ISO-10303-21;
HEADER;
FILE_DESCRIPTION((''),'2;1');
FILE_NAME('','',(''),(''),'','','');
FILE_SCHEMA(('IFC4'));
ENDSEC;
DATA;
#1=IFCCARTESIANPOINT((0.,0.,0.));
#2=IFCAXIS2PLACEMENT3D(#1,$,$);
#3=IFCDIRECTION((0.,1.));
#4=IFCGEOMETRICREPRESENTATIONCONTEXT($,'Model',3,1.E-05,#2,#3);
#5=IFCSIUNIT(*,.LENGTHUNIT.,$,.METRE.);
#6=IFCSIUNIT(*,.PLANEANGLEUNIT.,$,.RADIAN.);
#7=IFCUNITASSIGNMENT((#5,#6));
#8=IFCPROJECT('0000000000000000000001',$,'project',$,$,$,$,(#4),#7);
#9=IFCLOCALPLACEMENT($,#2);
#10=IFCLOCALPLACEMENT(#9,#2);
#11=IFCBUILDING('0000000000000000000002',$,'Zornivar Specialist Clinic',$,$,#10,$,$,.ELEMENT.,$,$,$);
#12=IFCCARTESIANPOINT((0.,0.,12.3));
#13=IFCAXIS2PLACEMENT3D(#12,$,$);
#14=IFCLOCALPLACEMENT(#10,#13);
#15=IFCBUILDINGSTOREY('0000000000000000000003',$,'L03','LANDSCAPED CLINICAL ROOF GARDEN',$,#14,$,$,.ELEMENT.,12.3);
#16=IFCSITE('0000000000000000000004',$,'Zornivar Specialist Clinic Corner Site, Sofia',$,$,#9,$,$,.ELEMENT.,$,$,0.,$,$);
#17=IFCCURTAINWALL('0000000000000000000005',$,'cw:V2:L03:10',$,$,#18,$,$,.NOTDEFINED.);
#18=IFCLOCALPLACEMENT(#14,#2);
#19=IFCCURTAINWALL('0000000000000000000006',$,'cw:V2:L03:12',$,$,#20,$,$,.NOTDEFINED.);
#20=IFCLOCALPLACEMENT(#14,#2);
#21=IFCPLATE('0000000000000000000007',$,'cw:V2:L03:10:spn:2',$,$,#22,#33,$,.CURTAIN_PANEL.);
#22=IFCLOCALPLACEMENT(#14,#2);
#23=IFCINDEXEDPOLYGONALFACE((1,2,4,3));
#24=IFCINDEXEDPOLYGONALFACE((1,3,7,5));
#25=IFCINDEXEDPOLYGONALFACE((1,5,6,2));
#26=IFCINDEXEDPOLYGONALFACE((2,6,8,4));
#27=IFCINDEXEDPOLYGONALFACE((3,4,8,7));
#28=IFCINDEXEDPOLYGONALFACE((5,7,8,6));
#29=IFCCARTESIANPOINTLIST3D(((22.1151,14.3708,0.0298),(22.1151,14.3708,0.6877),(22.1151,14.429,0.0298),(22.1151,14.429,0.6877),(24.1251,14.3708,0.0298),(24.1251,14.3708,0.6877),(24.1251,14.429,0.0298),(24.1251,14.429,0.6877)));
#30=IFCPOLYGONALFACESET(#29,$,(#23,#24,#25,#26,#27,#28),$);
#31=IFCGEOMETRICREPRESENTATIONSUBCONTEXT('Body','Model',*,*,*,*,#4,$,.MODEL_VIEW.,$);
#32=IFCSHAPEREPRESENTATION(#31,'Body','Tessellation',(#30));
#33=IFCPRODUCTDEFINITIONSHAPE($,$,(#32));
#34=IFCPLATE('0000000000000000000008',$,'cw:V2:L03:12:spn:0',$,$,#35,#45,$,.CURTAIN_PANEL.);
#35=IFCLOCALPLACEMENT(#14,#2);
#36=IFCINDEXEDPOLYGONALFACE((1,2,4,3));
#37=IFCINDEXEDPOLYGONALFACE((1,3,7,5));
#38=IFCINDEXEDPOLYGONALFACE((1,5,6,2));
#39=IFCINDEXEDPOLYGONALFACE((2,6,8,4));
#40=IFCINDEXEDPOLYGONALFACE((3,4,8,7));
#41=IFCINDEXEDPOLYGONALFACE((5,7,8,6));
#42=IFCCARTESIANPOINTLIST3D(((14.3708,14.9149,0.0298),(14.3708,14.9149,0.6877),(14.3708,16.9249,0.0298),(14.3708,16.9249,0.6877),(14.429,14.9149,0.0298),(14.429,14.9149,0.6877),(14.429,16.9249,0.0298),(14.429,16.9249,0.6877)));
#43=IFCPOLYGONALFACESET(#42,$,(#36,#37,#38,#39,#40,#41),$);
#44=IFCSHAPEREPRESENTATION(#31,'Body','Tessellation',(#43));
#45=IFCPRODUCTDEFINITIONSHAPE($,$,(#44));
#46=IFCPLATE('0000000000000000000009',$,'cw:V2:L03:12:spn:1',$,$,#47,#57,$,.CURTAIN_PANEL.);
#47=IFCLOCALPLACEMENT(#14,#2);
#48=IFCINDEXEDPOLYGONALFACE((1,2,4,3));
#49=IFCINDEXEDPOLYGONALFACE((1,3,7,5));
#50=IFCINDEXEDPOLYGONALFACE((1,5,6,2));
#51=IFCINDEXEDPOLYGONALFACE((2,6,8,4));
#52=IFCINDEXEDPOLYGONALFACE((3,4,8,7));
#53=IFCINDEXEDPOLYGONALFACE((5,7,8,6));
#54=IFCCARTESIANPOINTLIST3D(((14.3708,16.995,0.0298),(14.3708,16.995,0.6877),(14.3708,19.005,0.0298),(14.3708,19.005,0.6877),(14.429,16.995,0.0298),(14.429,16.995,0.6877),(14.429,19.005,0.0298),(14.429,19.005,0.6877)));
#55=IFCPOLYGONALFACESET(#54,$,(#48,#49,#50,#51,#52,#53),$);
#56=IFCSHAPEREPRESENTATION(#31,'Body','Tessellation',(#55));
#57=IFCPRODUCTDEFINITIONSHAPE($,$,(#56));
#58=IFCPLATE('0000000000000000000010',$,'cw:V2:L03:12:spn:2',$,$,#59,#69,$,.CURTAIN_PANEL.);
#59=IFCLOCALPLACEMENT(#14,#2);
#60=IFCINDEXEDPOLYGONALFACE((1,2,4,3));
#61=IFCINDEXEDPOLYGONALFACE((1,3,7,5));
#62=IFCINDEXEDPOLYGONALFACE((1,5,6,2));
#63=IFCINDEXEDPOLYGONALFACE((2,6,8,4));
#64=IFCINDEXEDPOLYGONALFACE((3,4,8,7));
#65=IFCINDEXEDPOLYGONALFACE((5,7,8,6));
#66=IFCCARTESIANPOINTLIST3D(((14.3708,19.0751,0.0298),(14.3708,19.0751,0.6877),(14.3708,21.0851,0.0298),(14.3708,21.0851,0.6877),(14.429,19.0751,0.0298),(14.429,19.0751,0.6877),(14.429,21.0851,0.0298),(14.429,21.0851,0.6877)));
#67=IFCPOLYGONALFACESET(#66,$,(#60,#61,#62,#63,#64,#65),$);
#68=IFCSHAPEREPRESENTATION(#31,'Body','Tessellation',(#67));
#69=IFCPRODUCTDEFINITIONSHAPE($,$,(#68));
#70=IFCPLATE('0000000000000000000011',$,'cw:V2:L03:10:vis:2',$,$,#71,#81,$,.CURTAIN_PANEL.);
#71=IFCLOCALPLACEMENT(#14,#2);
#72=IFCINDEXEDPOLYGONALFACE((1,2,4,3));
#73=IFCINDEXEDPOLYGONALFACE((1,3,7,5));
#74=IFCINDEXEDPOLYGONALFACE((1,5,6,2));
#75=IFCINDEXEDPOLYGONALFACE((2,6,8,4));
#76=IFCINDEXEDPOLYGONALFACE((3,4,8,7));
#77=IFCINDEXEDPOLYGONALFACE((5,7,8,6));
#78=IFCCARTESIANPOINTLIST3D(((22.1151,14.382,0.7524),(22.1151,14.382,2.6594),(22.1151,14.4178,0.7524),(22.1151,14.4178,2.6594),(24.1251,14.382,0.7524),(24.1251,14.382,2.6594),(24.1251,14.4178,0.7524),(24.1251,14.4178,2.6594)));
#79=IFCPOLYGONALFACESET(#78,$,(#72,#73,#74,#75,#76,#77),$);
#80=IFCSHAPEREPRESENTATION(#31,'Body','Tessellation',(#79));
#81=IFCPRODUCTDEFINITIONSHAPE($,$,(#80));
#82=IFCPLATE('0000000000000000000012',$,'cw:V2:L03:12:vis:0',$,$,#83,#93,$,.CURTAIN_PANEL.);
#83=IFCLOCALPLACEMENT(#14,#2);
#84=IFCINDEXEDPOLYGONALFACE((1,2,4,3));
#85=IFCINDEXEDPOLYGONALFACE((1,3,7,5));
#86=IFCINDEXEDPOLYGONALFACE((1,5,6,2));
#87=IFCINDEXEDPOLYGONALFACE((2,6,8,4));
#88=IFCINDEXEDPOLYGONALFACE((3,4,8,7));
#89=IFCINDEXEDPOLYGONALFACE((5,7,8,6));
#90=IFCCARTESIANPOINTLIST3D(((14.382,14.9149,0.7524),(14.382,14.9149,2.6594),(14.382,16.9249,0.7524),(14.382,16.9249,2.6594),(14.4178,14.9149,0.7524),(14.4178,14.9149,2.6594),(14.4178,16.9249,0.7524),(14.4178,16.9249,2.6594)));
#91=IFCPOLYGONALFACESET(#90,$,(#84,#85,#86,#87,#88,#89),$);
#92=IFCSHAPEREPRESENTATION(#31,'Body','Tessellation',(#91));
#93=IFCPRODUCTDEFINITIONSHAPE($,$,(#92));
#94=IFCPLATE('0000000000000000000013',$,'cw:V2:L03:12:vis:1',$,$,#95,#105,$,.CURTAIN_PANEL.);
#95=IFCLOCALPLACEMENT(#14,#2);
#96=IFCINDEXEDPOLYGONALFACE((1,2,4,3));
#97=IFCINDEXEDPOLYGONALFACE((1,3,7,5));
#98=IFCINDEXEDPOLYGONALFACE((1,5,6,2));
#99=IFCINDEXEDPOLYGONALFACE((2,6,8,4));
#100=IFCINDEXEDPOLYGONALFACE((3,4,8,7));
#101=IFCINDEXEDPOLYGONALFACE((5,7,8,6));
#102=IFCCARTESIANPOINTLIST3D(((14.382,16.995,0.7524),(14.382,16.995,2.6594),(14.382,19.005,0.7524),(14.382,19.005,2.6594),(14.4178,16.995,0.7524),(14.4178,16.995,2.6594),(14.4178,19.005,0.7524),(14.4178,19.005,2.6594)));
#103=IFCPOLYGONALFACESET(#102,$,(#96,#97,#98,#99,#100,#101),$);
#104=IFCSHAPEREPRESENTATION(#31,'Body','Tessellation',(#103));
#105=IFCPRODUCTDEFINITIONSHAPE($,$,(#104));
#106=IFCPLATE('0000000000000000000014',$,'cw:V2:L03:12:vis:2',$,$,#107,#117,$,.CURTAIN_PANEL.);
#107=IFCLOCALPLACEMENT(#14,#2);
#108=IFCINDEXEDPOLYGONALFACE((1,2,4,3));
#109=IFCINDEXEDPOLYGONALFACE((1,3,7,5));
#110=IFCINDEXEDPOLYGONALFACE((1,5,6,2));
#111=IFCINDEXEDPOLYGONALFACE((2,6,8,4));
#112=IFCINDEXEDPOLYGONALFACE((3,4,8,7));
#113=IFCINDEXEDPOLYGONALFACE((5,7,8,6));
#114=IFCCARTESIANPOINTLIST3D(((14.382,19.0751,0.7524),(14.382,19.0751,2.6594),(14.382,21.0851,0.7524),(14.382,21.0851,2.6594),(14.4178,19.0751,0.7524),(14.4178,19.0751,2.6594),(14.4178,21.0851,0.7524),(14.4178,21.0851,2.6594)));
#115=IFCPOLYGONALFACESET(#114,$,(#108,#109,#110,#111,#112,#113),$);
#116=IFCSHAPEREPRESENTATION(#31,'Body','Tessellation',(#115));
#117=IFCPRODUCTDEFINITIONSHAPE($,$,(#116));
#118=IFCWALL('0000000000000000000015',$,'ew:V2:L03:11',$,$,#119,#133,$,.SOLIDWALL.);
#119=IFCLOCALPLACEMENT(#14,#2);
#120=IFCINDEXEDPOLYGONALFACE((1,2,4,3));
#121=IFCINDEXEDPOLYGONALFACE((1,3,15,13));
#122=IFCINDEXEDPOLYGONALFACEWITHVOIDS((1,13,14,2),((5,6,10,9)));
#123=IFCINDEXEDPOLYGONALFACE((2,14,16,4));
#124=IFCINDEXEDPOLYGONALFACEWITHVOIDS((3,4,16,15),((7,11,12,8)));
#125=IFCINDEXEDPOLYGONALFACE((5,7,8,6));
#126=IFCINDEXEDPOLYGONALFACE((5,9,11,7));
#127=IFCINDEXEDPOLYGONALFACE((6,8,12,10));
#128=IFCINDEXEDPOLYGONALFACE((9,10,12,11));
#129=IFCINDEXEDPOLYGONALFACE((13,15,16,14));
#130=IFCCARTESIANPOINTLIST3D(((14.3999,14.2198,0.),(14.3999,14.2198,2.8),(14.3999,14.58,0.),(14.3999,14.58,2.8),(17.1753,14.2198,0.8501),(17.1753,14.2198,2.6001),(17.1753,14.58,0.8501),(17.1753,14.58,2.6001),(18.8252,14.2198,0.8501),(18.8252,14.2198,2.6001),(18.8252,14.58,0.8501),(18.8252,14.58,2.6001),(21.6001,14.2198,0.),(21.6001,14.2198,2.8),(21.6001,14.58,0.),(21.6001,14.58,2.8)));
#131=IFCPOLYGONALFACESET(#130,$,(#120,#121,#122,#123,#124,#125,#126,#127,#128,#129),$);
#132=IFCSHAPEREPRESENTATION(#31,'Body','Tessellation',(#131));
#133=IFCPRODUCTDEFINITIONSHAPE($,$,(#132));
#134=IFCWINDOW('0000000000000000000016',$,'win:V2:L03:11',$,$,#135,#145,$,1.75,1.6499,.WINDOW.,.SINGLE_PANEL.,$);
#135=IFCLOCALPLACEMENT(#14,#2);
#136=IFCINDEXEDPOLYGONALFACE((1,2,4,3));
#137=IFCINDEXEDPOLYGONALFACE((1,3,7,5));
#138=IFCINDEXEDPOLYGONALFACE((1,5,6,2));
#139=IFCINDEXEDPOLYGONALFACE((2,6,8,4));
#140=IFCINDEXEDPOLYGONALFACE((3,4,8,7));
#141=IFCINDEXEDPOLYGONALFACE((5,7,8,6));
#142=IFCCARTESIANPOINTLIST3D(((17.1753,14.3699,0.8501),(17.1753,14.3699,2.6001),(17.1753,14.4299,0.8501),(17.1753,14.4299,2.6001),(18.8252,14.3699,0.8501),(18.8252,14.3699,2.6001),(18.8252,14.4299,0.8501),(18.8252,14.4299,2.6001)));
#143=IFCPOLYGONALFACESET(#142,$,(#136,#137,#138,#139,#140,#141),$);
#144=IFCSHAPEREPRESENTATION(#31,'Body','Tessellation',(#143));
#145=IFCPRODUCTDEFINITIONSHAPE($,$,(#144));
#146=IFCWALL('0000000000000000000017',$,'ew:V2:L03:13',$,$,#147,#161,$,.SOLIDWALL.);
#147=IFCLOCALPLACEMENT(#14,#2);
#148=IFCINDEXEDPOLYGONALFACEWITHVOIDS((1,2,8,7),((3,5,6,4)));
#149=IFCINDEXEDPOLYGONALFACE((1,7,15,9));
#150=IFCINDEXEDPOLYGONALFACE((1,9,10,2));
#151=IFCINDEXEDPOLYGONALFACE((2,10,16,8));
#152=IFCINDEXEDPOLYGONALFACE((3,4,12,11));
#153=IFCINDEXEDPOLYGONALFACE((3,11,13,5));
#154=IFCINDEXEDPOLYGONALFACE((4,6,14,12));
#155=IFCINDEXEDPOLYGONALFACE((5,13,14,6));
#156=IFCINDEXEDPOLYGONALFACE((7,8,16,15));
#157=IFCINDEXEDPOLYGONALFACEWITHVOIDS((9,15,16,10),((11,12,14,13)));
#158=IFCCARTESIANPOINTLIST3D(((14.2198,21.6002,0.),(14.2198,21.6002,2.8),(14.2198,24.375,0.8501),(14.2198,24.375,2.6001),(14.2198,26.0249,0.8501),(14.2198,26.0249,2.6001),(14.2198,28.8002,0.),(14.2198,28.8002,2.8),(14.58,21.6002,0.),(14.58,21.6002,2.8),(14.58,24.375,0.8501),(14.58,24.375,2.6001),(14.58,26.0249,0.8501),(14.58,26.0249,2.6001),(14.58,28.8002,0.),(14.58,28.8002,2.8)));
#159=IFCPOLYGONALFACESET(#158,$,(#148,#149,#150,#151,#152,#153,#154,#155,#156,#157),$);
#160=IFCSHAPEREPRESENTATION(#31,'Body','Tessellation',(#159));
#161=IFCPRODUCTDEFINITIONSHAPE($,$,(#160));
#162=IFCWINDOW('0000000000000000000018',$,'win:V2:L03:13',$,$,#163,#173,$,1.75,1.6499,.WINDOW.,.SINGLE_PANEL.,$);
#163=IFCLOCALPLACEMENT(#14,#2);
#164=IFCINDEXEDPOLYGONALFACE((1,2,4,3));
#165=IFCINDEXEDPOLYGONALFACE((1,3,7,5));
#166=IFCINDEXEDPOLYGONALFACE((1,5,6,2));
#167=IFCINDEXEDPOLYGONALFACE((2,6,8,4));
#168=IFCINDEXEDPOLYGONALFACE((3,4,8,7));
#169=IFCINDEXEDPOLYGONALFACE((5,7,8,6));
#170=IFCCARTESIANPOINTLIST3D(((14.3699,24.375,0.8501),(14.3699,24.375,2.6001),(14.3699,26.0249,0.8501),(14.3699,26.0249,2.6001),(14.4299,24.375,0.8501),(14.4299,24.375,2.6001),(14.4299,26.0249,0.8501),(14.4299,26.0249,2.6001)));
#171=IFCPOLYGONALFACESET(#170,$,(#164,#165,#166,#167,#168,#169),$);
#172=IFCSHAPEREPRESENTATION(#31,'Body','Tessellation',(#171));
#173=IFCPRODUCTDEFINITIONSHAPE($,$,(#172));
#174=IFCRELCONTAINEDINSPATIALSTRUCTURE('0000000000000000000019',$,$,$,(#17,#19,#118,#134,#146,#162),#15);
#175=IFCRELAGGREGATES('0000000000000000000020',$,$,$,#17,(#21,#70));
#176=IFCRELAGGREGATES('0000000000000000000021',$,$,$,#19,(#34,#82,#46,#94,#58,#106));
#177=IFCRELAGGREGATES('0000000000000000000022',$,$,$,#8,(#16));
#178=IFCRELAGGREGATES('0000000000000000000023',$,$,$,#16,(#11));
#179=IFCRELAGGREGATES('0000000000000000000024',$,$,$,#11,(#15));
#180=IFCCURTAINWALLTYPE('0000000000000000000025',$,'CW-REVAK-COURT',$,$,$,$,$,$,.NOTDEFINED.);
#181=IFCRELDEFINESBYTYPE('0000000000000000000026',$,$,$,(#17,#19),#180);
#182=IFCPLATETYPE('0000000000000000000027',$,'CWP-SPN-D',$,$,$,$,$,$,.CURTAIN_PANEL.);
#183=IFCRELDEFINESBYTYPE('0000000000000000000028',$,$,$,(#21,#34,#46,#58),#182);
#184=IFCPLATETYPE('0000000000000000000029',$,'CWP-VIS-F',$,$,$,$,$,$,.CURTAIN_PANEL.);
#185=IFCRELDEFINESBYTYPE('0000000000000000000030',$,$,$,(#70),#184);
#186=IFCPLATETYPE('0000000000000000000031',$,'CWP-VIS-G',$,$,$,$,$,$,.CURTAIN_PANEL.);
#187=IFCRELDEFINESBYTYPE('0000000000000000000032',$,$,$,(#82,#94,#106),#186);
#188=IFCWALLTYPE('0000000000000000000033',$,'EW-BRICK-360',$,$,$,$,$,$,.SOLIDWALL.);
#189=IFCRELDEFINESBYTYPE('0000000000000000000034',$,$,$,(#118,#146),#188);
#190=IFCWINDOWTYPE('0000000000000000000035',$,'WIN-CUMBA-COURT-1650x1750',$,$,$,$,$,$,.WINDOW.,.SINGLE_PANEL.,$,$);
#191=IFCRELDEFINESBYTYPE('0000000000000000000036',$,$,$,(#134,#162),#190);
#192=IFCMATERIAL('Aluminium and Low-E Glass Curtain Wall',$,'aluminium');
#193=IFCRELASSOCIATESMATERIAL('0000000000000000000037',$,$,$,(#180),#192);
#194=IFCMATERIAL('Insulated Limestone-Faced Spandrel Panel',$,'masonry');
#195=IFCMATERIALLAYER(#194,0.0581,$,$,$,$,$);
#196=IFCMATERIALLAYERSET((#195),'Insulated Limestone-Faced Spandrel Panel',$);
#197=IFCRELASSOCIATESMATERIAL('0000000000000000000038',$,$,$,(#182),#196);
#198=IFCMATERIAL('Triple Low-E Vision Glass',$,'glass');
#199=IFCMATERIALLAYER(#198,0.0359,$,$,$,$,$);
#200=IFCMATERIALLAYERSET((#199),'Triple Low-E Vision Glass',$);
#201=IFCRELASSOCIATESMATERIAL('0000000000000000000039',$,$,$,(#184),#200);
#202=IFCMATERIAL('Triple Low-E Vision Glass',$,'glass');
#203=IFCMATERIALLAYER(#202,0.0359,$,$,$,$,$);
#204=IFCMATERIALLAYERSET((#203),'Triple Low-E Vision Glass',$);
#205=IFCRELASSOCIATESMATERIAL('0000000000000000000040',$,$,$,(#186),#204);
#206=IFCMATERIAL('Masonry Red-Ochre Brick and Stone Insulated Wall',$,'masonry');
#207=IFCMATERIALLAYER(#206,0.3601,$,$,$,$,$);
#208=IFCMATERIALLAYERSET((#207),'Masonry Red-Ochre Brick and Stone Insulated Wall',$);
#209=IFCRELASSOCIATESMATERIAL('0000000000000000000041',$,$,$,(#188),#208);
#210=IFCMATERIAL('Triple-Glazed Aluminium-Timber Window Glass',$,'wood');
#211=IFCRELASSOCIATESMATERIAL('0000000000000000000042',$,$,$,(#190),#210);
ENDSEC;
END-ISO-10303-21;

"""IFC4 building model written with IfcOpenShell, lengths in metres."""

from ifc_helpers import new_model, si_unit, direction, frame, frame_2d, origin, origin_2d, place, context, subcontext, project, spatial, rectangle, extrude, material, layer, layer_set, type_object, element, fill, aggregate, save


model = new_model("IFC4")

# Units and contexts
model_context = context("Model", 3, precision=1e-05, world=origin(), true_north=direction((0.0, 1.0)))
body_context = subcontext(model_context, "Body", "Model", "MODEL_VIEW")
ifc_project = project(units=[si_unit("LENGTHUNIT", "METRE"), si_unit("PLANEANGLEUNIT", "RADIAN")], contexts=[model_context])

# Site, building, storey
site_placement = place(None, origin())
site = spatial("IfcSite", under=ifc_project, at=site_placement, Name="Zornivar Specialist Clinic Corner Site, Sofia", CompositionType="ELEMENT", RefElevation=0.0)
building_placement = place(site_placement, origin())
building = spatial("IfcBuilding", under=site, at=building_placement, Name="Zornivar Specialist Clinic", CompositionType="ELEMENT")
storey_placement = place(building_placement, frame((0.0, 0.0, 12.3)))
storey = spatial("IfcBuildingStorey", under=building, at=storey_placement, Name="L03", Description="LANDSCAPED CLINICAL ROOF GARDEN", CompositionType="ELEMENT", Elevation=12.3)

# Curtain walls
ifc_material_1 = material(Name="Aluminium and Low-E Glass Curtain Wall", Category="aluminium")
curtain_wall_type = type_object("IfcCurtainWallType", Name="CW-REVAK-COURT", PredefinedType="NOTDEFINED", material=ifc_material_1)
curtain_wall_1_placement = place(storey_placement, origin())
curtain_wall_1 = element("IfcCurtainWall", 1, at=curtain_wall_1_placement, inside=storey, type_object=curtain_wall_type, Name="cw:V2:L03:10", PredefinedType="NOTDEFINED")
curtain_wall_2_placement = place(storey_placement, origin())
curtain_wall_2 = element("IfcCurtainWall", 2, at=curtain_wall_2_placement, inside=storey, type_object=curtain_wall_type, Name="cw:V2:L03:12", PredefinedType="NOTDEFINED")

# Plates
ifc_material_2 = material(Name="Insulated Limestone-Faced Spandrel Panel", Category="masonry")
ifc_layer_1 = layer(ifc_material_2, 0.0581)
ifc_layer_set_1 = layer_set([ifc_layer_1], Name="Insulated Limestone-Faced Spandrel Panel")
plate_type_1 = type_object("IfcPlateType", Name="CWP-SPN-D", PredefinedType="CURTAIN_PANEL", material=ifc_layer_set_1)
plate_1_placement = place(storey_placement, frame((23.1201, 14.3999, 0.0298), z_axis=(0.0, 0.0, 1.0), x_axis=(-1.0, 0.0, 0.0)))
plate_1 = element("IfcPlate", 3, at=plate_1_placement, type_object=plate_type_1, Name="cw:V2:L03:10:spn:2", PredefinedType="CURTAIN_PANEL", context=body_context, shape_type="SweptSolid", body=[
    extrude(rectangle(XDim=2.01, YDim=0.0581, at=origin_2d()), origin(), (0.0, 0.0, 1.0), 0.658),
])
plate_2_placement = place(storey_placement, frame((14.3999, 15.9199, 0.0298), z_axis=(0.0, 0.0, 1.0), x_axis=(0.0, 1.0, 0.0)))
plate_2 = element("IfcPlate", 4, at=plate_2_placement, type_object=plate_type_1, Name="cw:V2:L03:12:spn:0", PredefinedType="CURTAIN_PANEL", context=body_context, shape_type="SweptSolid", body=[
    extrude(rectangle(XDim=2.01, YDim=0.0581, at=origin_2d()), origin(), (0.0, 0.0, 1.0), 0.658),
])
plate_3_placement = place(storey_placement, frame((14.3999, 18.0, 0.0298), z_axis=(0.0, 0.0, 1.0), x_axis=(0.0, 1.0, 0.0)))
plate_3 = element("IfcPlate", 5, at=plate_3_placement, type_object=plate_type_1, Name="cw:V2:L03:12:spn:1", PredefinedType="CURTAIN_PANEL", context=body_context, shape_type="SweptSolid", body=[
    extrude(rectangle(XDim=2.01, YDim=0.0581, at=origin_2d()), origin(), (0.0, 0.0, 1.0), 0.658),
])
plate_4_placement = place(storey_placement, frame((14.3999, 20.0801, 0.0298), z_axis=(0.0, 0.0, 1.0), x_axis=(0.0, 1.0, 0.0)))
plate_4 = element("IfcPlate", 6, at=plate_4_placement, type_object=plate_type_1, Name="cw:V2:L03:12:spn:2", PredefinedType="CURTAIN_PANEL", context=body_context, shape_type="SweptSolid", body=[
    extrude(rectangle(XDim=2.01, YDim=0.0581, at=origin_2d()), origin(), (0.0, 0.0, 1.0), 0.658),
])
ifc_material_3 = material(Name="Triple Low-E Vision Glass", Category="glass")
ifc_layer_2 = layer(ifc_material_3, 0.0359)
ifc_layer_set_2 = layer_set([ifc_layer_2], Name="Triple Low-E Vision Glass")
plate_type_2 = type_object("IfcPlateType", Name="CWP-VIS-F", PredefinedType="CURTAIN_PANEL", material=ifc_layer_set_2)
plate_5_placement = place(storey_placement, frame((23.1201, 14.3999, 0.7524), z_axis=(0.0, 0.0, 1.0), x_axis=(-1.0, 0.0, 0.0)))
plate_5 = element("IfcPlate", 7, at=plate_5_placement, type_object=plate_type_2, Name="cw:V2:L03:10:vis:2", PredefinedType="CURTAIN_PANEL", context=body_context, shape_type="SweptSolid", body=[
    extrude(rectangle(XDim=2.01, YDim=0.0359, at=origin_2d()), origin(), (0.0, 0.0, 1.0), 1.907),
])
aggregate(curtain_wall_1, [plate_1, plate_5])
ifc_material_4 = material(Name="Triple Low-E Vision Glass", Category="glass")
ifc_layer_3 = layer(ifc_material_4, 0.0359)
ifc_layer_set_3 = layer_set([ifc_layer_3], Name="Triple Low-E Vision Glass")
plate_type_3 = type_object("IfcPlateType", Name="CWP-VIS-G", PredefinedType="CURTAIN_PANEL", material=ifc_layer_set_3)
plate_6_placement = place(storey_placement, frame((14.3999, 15.9199, 0.7524), z_axis=(0.0, 0.0, 1.0), x_axis=(0.0, 1.0, 0.0)))
plate_6 = element("IfcPlate", 8, at=plate_6_placement, type_object=plate_type_3, Name="cw:V2:L03:12:vis:0", PredefinedType="CURTAIN_PANEL", context=body_context, shape_type="SweptSolid", body=[
    extrude(rectangle(XDim=2.01, YDim=0.0359, at=origin_2d()), origin(), (0.0, 0.0, 1.0), 1.907),
])
plate_7_placement = place(storey_placement, frame((14.3999, 18.0, 0.7524), z_axis=(0.0, 0.0, 1.0), x_axis=(0.0, 1.0, 0.0)))
plate_7 = element("IfcPlate", 9, at=plate_7_placement, type_object=plate_type_3, Name="cw:V2:L03:12:vis:1", PredefinedType="CURTAIN_PANEL", context=body_context, shape_type="SweptSolid", body=[
    extrude(rectangle(XDim=2.01, YDim=0.0359, at=origin_2d()), origin(), (0.0, 0.0, 1.0), 1.907),
])
plate_8_placement = place(storey_placement, frame((14.3999, 20.0801, 0.7524), z_axis=(0.0, 0.0, 1.0), x_axis=(0.0, 1.0, 0.0)))
plate_8 = element("IfcPlate", 10, at=plate_8_placement, type_object=plate_type_3, Name="cw:V2:L03:12:vis:2", PredefinedType="CURTAIN_PANEL", context=body_context, shape_type="SweptSolid", body=[
    extrude(rectangle(XDim=2.01, YDim=0.0359, at=origin_2d()), origin(), (0.0, 0.0, 1.0), 1.907),
])
aggregate(curtain_wall_2, [plate_2, plate_6, plate_3, plate_7, plate_4, plate_8])

# Walls, openings, windows
ifc_material_5 = material(Name="Masonry Red-Ochre Brick and Stone Insulated Wall", Category="masonry")
ifc_layer_4 = layer(ifc_material_5, 0.3601)
ifc_layer_set_4 = layer_set([ifc_layer_4], Name="Masonry Red-Ochre Brick and Stone Insulated Wall")
wall_type = type_object("IfcWallType", Name="EW-BRICK-360", PredefinedType="SOLIDWALL", material=ifc_layer_set_4)
wall_1_placement = place(storey_placement, frame((21.6001, 14.3999, 0.0), z_axis=(0.0, 0.0, 1.0), x_axis=(-1.0, 0.0, 0.0)))
wall_1 = element("IfcWall", 11, at=wall_1_placement, inside=storey, type_object=wall_type, Name="ew:V2:L03:11", PredefinedType="SOLIDWALL", context=body_context, shape_type="SweptSolid", body=[
    extrude(rectangle(XDim=7.2002, YDim=0.3601, at=frame_2d((3.6001, 0.0))), origin(), (0.0, 0.0, 1.0), 2.8),
])
opening_1_placement = place(wall_1_placement, frame((2.7749, 0.0, 0.8501)))
opening_1 = element("IfcOpeningElement", 12, at=opening_1_placement, cuts=wall_1, PredefinedType="OPENING", context=body_context, shape_type="SweptSolid", body=[
    extrude(rectangle(XDim=1.6499, YDim=1.75, at=frame_2d((0.825, 0.875))), frame((0.0, 0.1899, 0.0), z_axis=(0.0, -1.0, 0.0), x_axis=(1.0, 0.0, 0.0)), (0.0, 0.0, 1.0), 0.3801),
])
ifc_material_6 = material(Name="Triple-Glazed Aluminium-Timber Window Glass", Category="wood")
window_type = type_object("IfcWindowType", Name="WIN-CUMBA-COURT-1650x1750", PartitioningType="SINGLE_PANEL", PredefinedType="WINDOW", material=ifc_material_6)
window_1_placement = place(opening_1_placement, origin())
window_1 = element("IfcWindow", 13, at=window_1_placement, inside=storey, type_object=window_type, Name="win:V2:L03:11", OverallHeight=1.75, OverallWidth=1.6499, PartitioningType="SINGLE_PANEL", PredefinedType="WINDOW", context=body_context, shape_type="SweptSolid", body=[
    extrude(rectangle(XDim=1.6499, YDim=1.75, at=frame_2d((0.825, 0.875))), frame((0.0, 0.03, 0.0), z_axis=(0.0, -1.0, 0.0), x_axis=(1.0, 0.0, 0.0)), (0.0, 0.0, 1.0), 0.0601),
])
fill(opening_1, window_1)
wall_2_placement = place(storey_placement, frame((14.3999, 21.6001, 0.0), z_axis=(0.0, 0.0, 1.0), x_axis=(0.0, 1.0, 0.0)))
wall_2 = element("IfcWall", 14, at=wall_2_placement, inside=storey, type_object=wall_type, Name="ew:V2:L03:13", PredefinedType="SOLIDWALL", context=body_context, shape_type="SweptSolid", body=[
    extrude(rectangle(XDim=7.2, YDim=0.3601, at=frame_2d((3.6001, 0.0))), origin(), (0.0, 0.0, 1.0), 2.8),
])
opening_2_placement = place(wall_2_placement, frame((2.7749, 0.0, 0.8501)))
opening_2 = element("IfcOpeningElement", 15, at=opening_2_placement, cuts=wall_2, PredefinedType="OPENING", context=body_context, shape_type="SweptSolid", body=[
    extrude(rectangle(XDim=1.6499, YDim=1.75, at=frame_2d((0.825, 0.875))), frame((0.0, 0.1899, 0.0), z_axis=(0.0, -1.0, 0.0), x_axis=(1.0, 0.0, 0.0)), (0.0, 0.0, 1.0), 0.3801),
])
window_2_placement = place(opening_2_placement, origin())
window_2 = element("IfcWindow", 16, at=window_2_placement, inside=storey, type_object=window_type, Name="win:V2:L03:13", OverallHeight=1.75, OverallWidth=1.6499, PartitioningType="SINGLE_PANEL", PredefinedType="WINDOW", context=body_context, shape_type="SweptSolid", body=[
    extrude(rectangle(XDim=1.6499, YDim=1.75, at=frame_2d((0.825, 0.875))), frame((0.0, 0.03, 0.0), z_axis=(0.0, -1.0, 0.0), x_axis=(1.0, 0.0, 0.0)), (0.0, 0.0, 1.0), 0.0601),
])
fill(opening_2, window_2)

save(model, "model.ifc")
